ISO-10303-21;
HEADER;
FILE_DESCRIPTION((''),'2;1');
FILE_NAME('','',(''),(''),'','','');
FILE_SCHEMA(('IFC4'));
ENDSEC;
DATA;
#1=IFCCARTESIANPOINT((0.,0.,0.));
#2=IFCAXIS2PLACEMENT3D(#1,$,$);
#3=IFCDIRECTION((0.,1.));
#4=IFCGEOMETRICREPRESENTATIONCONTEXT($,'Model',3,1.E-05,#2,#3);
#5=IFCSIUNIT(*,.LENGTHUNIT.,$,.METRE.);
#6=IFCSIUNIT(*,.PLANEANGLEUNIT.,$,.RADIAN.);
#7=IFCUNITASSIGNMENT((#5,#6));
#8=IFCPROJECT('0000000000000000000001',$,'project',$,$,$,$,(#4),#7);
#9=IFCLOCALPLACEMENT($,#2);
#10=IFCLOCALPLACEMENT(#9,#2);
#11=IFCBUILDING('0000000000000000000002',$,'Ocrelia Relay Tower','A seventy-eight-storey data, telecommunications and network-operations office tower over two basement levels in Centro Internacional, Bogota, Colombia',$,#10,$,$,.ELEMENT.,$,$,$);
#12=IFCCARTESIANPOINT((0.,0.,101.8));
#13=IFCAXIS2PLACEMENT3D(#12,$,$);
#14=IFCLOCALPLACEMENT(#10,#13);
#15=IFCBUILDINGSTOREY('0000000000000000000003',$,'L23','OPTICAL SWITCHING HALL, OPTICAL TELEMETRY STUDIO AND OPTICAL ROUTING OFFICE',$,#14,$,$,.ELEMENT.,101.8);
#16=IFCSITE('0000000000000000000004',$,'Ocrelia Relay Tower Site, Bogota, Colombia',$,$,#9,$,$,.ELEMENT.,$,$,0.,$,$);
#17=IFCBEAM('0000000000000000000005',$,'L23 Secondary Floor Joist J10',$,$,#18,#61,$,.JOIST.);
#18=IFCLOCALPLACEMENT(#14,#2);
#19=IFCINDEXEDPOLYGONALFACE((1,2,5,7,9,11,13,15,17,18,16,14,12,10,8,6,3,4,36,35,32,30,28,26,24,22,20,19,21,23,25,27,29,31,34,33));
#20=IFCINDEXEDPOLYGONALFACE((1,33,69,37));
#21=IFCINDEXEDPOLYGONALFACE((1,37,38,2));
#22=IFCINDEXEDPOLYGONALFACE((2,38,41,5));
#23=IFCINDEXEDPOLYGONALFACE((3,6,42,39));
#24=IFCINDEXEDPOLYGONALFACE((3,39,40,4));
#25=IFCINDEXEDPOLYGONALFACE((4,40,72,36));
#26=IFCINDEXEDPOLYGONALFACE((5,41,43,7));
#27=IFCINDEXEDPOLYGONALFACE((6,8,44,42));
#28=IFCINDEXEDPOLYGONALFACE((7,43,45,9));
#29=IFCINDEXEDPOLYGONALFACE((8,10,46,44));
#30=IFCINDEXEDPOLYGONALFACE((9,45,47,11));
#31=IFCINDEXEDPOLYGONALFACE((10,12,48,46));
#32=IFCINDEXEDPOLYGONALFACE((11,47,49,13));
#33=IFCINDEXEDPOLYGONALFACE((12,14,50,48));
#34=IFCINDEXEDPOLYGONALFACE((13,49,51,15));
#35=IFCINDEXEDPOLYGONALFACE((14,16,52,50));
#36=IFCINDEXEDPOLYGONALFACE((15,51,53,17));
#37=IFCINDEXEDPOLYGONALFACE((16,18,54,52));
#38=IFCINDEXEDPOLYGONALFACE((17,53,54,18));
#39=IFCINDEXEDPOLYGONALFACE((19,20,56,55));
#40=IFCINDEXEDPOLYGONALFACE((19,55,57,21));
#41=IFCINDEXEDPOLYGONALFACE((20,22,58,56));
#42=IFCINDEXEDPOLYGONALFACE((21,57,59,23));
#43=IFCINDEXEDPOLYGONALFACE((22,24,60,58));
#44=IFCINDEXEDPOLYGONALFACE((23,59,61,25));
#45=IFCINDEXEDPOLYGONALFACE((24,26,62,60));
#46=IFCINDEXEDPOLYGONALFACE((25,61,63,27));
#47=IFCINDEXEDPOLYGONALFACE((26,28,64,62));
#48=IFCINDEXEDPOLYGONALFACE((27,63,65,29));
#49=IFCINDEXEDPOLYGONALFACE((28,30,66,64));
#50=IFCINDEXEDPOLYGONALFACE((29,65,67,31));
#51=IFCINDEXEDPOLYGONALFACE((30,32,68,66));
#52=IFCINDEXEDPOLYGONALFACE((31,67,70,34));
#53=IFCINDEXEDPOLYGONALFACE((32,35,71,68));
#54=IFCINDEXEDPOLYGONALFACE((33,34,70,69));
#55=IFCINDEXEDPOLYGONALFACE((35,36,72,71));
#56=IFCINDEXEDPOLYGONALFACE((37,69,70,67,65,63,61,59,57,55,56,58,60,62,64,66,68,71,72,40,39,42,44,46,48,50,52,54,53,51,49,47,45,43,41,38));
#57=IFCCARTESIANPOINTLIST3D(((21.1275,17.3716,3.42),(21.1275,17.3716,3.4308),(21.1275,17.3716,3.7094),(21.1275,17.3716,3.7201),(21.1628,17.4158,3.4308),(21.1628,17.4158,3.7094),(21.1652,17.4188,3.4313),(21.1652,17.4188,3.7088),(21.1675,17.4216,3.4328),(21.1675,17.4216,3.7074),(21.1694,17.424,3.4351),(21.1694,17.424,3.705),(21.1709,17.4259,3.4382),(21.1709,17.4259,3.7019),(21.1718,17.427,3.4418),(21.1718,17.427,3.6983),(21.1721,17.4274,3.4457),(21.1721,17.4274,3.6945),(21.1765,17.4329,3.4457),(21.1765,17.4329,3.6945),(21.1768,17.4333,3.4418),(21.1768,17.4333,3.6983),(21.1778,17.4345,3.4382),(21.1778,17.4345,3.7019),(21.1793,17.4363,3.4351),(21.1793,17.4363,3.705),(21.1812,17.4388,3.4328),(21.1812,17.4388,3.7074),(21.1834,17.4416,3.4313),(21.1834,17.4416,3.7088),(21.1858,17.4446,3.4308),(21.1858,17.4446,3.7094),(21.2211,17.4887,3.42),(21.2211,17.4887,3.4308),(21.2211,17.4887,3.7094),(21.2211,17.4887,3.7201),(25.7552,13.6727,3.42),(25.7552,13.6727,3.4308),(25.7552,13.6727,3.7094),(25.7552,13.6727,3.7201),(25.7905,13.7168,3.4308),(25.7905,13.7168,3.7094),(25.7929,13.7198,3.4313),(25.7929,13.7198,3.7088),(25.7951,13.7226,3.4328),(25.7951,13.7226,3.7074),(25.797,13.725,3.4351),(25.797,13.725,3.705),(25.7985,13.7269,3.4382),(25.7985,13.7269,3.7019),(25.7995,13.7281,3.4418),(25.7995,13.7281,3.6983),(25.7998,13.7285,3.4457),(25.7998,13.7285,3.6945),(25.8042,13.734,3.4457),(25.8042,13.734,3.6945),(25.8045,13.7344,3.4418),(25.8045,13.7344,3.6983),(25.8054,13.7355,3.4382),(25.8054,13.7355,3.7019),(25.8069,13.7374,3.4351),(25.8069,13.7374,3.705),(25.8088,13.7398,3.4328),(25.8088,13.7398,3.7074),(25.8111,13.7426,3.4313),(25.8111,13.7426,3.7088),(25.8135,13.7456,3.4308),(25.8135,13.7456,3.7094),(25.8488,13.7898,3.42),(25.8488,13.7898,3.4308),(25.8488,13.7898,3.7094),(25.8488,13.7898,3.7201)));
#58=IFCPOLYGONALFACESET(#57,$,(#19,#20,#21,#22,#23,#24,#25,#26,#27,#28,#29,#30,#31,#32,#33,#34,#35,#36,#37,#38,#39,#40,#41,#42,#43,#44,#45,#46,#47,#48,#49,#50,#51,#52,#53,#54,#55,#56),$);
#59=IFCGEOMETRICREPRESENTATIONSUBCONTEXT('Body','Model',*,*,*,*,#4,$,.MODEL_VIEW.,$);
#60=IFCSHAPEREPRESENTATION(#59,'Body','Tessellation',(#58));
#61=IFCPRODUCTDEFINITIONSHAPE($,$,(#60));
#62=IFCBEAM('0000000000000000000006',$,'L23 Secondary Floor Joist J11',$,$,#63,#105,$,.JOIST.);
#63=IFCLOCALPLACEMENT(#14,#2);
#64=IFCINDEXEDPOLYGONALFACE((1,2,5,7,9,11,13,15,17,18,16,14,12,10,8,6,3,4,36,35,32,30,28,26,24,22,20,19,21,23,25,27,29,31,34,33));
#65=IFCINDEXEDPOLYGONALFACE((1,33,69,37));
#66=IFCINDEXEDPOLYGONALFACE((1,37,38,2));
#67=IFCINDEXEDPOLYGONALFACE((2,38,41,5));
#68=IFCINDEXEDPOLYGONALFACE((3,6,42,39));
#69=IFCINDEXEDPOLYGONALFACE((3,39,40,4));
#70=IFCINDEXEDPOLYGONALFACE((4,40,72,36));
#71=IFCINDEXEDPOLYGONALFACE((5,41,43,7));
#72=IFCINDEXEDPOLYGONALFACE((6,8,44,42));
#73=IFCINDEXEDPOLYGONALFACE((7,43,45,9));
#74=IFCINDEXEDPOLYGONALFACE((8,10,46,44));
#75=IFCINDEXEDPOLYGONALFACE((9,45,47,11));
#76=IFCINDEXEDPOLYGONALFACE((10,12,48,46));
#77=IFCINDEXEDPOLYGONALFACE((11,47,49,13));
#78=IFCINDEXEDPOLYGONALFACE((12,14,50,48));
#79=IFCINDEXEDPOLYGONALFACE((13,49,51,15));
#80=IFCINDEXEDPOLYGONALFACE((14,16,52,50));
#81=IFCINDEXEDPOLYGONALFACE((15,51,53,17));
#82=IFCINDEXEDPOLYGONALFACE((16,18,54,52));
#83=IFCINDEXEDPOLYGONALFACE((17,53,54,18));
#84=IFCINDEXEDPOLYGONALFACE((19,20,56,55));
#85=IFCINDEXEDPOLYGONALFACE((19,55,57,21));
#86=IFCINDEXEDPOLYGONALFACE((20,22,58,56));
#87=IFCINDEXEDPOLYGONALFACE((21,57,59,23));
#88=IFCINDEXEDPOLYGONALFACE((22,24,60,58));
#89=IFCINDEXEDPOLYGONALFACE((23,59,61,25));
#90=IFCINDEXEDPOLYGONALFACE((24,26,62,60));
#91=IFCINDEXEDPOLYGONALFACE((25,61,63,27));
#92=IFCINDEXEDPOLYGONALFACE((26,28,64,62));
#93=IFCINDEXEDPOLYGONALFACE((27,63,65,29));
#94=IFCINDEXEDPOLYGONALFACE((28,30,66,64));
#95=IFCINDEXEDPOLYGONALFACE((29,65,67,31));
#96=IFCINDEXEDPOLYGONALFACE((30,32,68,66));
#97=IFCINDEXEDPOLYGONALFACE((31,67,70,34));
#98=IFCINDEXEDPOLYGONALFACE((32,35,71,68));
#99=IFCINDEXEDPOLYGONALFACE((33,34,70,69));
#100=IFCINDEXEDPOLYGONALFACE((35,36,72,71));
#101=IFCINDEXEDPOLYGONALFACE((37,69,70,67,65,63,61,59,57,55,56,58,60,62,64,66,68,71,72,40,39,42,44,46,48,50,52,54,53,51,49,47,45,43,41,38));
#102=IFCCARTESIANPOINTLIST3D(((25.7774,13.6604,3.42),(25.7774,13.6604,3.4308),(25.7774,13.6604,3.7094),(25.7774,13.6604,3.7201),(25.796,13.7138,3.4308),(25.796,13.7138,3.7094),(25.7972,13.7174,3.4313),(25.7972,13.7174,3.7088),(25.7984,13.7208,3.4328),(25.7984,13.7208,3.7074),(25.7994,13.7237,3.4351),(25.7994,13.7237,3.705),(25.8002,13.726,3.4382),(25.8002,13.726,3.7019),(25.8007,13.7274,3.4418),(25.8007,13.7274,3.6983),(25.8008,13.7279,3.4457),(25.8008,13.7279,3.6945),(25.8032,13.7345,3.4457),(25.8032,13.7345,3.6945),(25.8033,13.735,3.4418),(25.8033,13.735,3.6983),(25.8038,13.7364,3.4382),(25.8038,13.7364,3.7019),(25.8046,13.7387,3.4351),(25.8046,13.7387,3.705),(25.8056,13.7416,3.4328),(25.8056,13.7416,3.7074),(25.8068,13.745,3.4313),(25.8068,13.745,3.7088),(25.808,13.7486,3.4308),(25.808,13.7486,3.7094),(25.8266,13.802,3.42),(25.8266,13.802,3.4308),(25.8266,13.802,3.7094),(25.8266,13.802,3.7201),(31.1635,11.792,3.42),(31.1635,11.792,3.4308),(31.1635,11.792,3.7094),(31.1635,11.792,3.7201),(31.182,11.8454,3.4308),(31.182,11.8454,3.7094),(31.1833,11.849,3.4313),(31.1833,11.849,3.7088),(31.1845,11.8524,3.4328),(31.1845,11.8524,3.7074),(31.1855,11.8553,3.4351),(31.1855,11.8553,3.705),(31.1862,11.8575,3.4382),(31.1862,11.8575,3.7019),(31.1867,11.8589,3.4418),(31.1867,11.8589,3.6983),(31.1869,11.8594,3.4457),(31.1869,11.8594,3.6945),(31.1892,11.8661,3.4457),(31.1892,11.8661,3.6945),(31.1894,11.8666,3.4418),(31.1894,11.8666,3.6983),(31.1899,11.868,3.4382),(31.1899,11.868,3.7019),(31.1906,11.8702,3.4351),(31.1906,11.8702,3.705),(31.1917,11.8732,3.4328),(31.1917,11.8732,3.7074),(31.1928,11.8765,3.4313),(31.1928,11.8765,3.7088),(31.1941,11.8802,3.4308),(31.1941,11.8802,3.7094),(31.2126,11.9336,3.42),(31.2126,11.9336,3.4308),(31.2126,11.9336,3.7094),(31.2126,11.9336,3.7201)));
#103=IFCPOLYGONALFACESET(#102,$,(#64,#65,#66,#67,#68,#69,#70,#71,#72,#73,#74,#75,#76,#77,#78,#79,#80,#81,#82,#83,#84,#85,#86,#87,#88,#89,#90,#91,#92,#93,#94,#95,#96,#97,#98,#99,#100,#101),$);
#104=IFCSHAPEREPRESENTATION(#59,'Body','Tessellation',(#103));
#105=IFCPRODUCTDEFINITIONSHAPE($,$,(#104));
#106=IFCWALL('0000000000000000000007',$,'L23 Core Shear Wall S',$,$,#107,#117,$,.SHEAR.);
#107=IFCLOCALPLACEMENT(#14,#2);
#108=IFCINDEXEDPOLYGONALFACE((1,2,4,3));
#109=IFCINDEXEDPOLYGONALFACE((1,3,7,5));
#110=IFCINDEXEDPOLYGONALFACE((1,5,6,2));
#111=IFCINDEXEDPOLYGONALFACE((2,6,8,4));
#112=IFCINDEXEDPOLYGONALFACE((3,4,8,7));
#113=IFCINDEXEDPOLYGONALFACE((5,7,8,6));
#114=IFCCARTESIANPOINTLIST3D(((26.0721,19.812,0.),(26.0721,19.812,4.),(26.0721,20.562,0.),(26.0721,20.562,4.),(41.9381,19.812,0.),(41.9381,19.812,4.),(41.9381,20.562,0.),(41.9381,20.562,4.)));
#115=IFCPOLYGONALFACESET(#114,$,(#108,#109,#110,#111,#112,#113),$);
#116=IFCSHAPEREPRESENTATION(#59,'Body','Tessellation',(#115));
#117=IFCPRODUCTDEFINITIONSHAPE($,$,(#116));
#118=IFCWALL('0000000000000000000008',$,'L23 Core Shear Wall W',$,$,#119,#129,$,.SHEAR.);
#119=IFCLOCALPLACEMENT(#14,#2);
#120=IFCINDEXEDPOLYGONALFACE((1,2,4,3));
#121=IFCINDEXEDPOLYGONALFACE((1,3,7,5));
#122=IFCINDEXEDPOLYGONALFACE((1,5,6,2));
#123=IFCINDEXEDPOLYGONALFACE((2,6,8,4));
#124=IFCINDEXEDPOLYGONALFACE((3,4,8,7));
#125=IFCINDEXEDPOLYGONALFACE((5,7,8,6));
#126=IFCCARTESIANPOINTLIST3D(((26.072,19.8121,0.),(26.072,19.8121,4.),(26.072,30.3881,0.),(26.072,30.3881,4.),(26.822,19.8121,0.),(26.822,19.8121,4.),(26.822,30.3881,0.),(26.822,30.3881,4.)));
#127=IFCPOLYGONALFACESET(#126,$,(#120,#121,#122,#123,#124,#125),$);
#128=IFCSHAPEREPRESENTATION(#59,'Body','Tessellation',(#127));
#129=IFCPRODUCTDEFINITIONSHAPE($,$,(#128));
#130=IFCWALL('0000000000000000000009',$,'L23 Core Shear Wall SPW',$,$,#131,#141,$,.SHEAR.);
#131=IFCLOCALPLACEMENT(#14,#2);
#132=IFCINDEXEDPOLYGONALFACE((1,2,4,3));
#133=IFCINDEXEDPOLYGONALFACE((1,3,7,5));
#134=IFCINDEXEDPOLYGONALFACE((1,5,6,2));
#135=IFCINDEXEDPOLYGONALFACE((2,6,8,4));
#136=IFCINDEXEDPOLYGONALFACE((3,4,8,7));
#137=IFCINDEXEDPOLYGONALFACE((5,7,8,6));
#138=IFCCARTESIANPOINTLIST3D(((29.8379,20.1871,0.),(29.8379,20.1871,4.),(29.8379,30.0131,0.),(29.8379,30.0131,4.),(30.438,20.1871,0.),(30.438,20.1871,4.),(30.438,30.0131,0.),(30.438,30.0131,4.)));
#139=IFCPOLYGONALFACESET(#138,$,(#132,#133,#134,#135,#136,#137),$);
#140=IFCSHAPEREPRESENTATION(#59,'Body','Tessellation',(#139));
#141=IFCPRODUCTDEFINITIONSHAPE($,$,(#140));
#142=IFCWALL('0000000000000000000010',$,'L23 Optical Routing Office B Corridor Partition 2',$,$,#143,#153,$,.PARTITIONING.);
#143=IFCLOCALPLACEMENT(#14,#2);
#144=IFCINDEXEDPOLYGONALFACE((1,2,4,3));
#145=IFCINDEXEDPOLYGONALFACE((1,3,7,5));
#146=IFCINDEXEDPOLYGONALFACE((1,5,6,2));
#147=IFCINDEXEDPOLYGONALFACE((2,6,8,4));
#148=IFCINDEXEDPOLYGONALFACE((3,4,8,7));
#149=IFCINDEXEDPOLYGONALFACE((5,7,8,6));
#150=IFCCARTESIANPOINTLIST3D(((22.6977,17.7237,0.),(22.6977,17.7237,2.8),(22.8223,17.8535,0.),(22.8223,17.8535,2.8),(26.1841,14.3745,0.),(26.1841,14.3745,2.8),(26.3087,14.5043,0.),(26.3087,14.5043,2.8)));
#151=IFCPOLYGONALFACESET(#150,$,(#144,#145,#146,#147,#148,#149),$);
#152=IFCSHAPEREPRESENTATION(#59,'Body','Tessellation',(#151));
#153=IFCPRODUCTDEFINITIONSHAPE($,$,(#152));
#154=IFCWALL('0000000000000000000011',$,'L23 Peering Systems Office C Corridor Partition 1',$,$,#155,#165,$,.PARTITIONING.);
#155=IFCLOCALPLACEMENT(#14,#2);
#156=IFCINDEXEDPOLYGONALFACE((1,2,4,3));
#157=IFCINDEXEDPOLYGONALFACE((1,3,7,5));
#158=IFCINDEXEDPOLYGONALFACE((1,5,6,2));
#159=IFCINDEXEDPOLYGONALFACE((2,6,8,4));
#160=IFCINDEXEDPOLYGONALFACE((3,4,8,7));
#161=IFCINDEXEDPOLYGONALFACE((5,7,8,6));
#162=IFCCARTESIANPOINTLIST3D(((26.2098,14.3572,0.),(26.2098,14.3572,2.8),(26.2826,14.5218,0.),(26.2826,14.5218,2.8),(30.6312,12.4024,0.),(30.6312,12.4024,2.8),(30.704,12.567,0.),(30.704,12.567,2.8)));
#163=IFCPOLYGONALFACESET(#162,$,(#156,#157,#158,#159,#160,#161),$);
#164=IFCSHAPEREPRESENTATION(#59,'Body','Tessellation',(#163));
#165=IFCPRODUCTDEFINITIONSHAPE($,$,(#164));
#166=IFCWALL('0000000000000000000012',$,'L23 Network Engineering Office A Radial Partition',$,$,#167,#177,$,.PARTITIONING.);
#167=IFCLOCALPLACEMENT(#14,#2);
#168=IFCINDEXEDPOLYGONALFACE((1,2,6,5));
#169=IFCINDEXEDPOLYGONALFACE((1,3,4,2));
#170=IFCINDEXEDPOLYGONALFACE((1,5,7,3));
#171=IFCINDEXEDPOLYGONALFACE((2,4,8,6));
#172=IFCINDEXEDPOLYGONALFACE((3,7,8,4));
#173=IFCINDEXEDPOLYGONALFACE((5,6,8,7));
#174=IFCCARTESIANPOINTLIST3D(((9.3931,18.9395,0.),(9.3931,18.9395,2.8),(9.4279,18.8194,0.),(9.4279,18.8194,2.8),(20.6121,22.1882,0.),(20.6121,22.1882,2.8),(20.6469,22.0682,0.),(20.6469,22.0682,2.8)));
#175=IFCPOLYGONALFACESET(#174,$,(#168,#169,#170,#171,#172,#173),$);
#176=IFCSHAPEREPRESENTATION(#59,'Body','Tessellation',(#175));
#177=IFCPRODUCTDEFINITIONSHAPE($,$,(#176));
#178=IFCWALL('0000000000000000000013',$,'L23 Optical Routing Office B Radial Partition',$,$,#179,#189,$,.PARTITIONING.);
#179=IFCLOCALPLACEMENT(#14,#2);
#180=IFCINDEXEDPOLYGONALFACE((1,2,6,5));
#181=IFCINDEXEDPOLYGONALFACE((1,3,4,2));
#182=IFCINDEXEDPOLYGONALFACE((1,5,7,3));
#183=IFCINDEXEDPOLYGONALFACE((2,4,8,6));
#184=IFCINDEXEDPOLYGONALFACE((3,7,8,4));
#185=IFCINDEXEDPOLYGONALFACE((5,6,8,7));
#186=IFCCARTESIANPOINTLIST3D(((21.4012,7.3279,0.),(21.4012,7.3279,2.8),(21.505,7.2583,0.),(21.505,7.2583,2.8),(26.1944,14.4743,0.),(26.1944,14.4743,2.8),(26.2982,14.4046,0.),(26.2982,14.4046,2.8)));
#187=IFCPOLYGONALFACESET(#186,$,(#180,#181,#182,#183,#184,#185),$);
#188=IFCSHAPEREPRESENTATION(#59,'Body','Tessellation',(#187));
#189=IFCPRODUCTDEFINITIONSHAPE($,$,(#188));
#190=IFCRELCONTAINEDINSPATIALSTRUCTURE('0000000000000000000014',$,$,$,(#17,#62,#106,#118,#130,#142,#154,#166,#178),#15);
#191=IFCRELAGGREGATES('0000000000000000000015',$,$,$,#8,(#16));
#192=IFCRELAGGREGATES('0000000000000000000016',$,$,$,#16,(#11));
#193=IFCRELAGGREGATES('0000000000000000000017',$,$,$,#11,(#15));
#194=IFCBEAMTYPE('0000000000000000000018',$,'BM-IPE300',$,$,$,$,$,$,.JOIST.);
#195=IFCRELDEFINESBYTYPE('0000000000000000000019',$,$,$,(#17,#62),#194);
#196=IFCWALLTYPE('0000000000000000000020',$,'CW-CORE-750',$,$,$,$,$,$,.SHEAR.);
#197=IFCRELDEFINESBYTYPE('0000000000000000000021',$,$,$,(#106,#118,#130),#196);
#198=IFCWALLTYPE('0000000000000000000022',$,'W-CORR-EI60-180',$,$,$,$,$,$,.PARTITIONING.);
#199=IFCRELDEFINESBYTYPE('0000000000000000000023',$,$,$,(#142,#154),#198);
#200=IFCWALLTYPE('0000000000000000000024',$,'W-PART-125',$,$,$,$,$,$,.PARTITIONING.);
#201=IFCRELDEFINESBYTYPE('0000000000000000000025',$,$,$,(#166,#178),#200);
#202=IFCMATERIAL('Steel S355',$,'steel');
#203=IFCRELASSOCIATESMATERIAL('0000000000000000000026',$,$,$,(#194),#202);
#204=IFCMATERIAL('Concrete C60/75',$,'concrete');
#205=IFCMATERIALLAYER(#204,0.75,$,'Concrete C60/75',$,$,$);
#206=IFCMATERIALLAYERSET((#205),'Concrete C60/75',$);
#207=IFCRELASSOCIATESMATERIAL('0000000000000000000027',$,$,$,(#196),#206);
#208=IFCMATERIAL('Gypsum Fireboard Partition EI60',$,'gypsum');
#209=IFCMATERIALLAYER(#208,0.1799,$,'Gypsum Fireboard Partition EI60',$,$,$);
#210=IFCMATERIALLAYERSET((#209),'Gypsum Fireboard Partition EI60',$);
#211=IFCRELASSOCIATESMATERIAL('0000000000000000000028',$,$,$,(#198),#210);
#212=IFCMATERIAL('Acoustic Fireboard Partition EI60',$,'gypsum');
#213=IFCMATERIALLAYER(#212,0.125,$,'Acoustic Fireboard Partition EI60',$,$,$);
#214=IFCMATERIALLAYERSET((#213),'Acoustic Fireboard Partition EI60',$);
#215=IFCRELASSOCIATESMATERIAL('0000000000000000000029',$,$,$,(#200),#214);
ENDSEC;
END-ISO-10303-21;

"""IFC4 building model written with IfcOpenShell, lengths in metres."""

from ifc_helpers import new_model, si_unit, direction, frame, frame_2d, origin, origin_2d, place, context, subcontext, project, spatial, rectangle, i_section, extrude, material, layer, layer_set, material_profile, profile_set, type_object, element, save


model = new_model("IFC4")

# Units and contexts
model_context = context("Model", 3, precision=1e-05, world=origin(), true_north=direction((0.0, 1.0)))
body_context = subcontext(model_context, "Body", "Model", "MODEL_VIEW")
ifc_project = project(units=[si_unit("LENGTHUNIT", "METRE"), si_unit("PLANEANGLEUNIT", "RADIAN")], contexts=[model_context])

# Site, building, storey
site_placement = place(None, origin())
site = spatial("IfcSite", under=ifc_project, at=site_placement, Name="Ocrelia Relay Tower Site, Bogota, Colombia", CompositionType="ELEMENT", RefElevation=0.0)
building_placement = place(site_placement, origin())
building = spatial("IfcBuilding", under=site, at=building_placement, Name="Ocrelia Relay Tower", Description="A seventy-eight-storey data, telecommunications and network-operations office tower over two basement levels in Centro Internacional, Bogota, Colombia", CompositionType="ELEMENT")
storey_placement = place(building_placement, frame((0.0, 0.0, 101.8)))
storey = spatial("IfcBuildingStorey", under=building, at=storey_placement, Name="L23", Description="OPTICAL SWITCHING HALL, OPTICAL TELEMETRY STUDIO AND OPTICAL ROUTING OFFICE", CompositionType="ELEMENT", Elevation=101.8)

# Shared definitions
ifc_material_1 = material(Name="Concrete C60/75", Category="concrete")

# Beams
ifc_material_2 = material(Name="Steel S355", Category="steel")
ifc_material_profile_1 = material_profile(ifc_material_2, i_section(OverallWidth=0.1499, OverallDepth=0.3, WebThickness=0.0071, FlangeThickness=0.0107, FilletRadius=0.0149, at=origin_2d()), Name="IPE 300")
ifc_profile_set_1 = profile_set([ifc_material_profile_1], Name="Steel S355")
beam_type_1 = type_object("IfcBeamType", Name="BM-IPE300", PredefinedType="JOIST", material=ifc_profile_set_1)
beam_1_placement = place(storey_placement, frame((21.1743, 17.4302, 3.5701), z_axis=(0.78113, -0.624368, 0.0), x_axis=(0.624368, 0.78113, 0.0)))
element("IfcBeam", 1, at=beam_1_placement, inside=storey, type_object=beam_type_1, Name="L23 Secondary Floor Joist J10", PredefinedType="JOIST", context=body_context, shape_type="SweptSolid", body=[
    extrude(i_section(OverallWidth=0.1499, OverallDepth=0.3, WebThickness=0.0071, FlangeThickness=0.0107, FilletRadius=0.0149, at=origin_2d()), origin(), (0.0, 0.0, 1.0), 5.9243),
])
beam_2_placement = place(storey_placement, frame((25.802, 13.7312, 3.5701), z_axis=(0.944767, -0.327741, 0.0), x_axis=(0.327741, 0.944767, 0.0)))
element("IfcBeam", 2, at=beam_2_placement, inside=storey, type_object=beam_type_1, Name="L23 Secondary Floor Joist J11", PredefinedType="JOIST", context=body_context, shape_type="SweptSolid", body=[
    extrude(i_section(OverallWidth=0.1499, OverallDepth=0.3, WebThickness=0.0071, FlangeThickness=0.0107, FilletRadius=0.0149, at=origin_2d()), origin(), (0.0, 0.0, 1.0), 5.7009),
])

# Walls
ifc_layer_1 = layer(ifc_material_1, 0.75, Name="Concrete C60/75")
ifc_layer_set_1 = layer_set([ifc_layer_1], Name="Concrete C60/75")
wall_type_1 = type_object("IfcWallType", Name="CW-CORE-750", PredefinedType="SHEAR", material=ifc_layer_set_1)
wall_1_placement = place(storey_placement, frame((26.072, 20.187, 0.0), z_axis=(0.0, 0.0, 1.0), x_axis=(1.0, 0.0, 0.0)))
element("IfcWall", 3, at=wall_1_placement, inside=storey, type_object=wall_type_1, Name="L23 Core Shear Wall S", PredefinedType="SHEAR", context=body_context, shape_type="SweptSolid", body=[
    extrude(rectangle(XDim=15.866, YDim=0.75, at=frame_2d((7.9331, 0.0))), origin(), (0.0, 0.0, 1.0), 4.0),
])
wall_2_placement = place(storey_placement, frame((26.447, 19.812, 0.0), z_axis=(0.0, 0.0, 1.0), x_axis=(0.0, 1.0, 0.0)))
element("IfcWall", 4, at=wall_2_placement, inside=storey, type_object=wall_type_1, Name="L23 Core Shear Wall W", PredefinedType="SHEAR", context=body_context, shape_type="SweptSolid", body=[
    extrude(rectangle(XDim=10.5759, YDim=0.75, at=frame_2d((5.2881, 0.0))), origin(), (0.0, 0.0, 1.0), 4.0),
])
wall_3_placement = place(storey_placement, frame((30.1379, 20.187, 0.0), z_axis=(0.0, 0.0, 1.0), x_axis=(0.0, 1.0, 0.0)))
element("IfcWall", 5, at=wall_3_placement, inside=storey, type_object=wall_type_1, Name="L23 Core Shear Wall SPW", PredefinedType="SHEAR", context=body_context, shape_type="SweptSolid", body=[
    extrude(rectangle(XDim=9.8259, YDim=0.6001, at=frame_2d((4.9131, 0.0))), origin(), (0.0, 0.0, 1.0), 4.0),
])

# Shared definitions
ifc_material_3 = material(Name="Gypsum Fireboard Partition EI60", Category="gypsum")
ifc_layer_2 = layer(ifc_material_3, 0.1799, Name="Gypsum Fireboard Partition EI60")
ifc_layer_set_2 = layer_set([ifc_layer_2], Name="Gypsum Fireboard Partition EI60")
wall_type_2 = type_object("IfcWallType", Name="W-CORR-EI60-180", PredefinedType="PARTITIONING", material=ifc_layer_set_2)

# Walls
wall_4_placement = place(storey_placement, frame((22.76, 17.7886, 0.0), z_axis=(0.0, 0.0, 1.0), x_axis=(0.721155, -0.692774, 0.0)))
element("IfcWall", 6, at=wall_4_placement, inside=storey, type_object=wall_type_2, Name="L23 Optical Routing Office B Corridor Partition 2", PredefinedType="PARTITIONING", context=body_context, shape_type="SweptSolid", body=[
    extrude(rectangle(XDim=4.8345, YDim=0.1799, at=frame_2d((2.4172, 0.0))), origin(), (0.0, 0.0, 1.0), 2.8),
])
wall_5_placement = place(storey_placement, frame((26.2463, 14.4395, 0.0), z_axis=(0.0, 0.0, 1.0), x_axis=(0.914595, -0.404371, 0.0)))
element("IfcWall", 7, at=wall_5_placement, inside=storey, type_object=wall_type_2, Name="L23 Peering Systems Office C Corridor Partition 1", PredefinedType="PARTITIONING", context=body_context, shape_type="SweptSolid", body=[
    extrude(rectangle(XDim=4.8342, YDim=0.1799, at=frame_2d((2.417, 0.0))), origin(), (0.0, 0.0, 1.0), 2.8),
])
ifc_material_4 = material(Name="Acoustic Fireboard Partition EI60", Category="gypsum")
ifc_layer_3 = layer(ifc_material_4, 0.125, Name="Acoustic Fireboard Partition EI60")
ifc_layer_set_3 = layer_set([ifc_layer_3], Name="Acoustic Fireboard Partition EI60")
wall_type_3 = type_object("IfcWallType", Name="W-PART-125", PredefinedType="PARTITIONING", material=ifc_layer_set_3)
wall_6_placement = place(storey_placement, frame((20.6294, 22.1282, 0.0), z_axis=(0.0, 0.0, 1.0), x_axis=(-0.960537, -0.278151, 0.0)))
element("IfcWall", 8, at=wall_6_placement, inside=storey, type_object=wall_type_3, Name="L23 Network Engineering Office A Radial Partition", PredefinedType="PARTITIONING", context=body_context, shape_type="SweptSolid", body=[
    extrude(rectangle(XDim=11.6799, YDim=0.125, at=frame_2d((5.8398, 0.0))), origin(), (0.0, 0.0, 1.0), 2.8),
])
wall_7_placement = place(storey_placement, frame((26.2463, 14.4395, 0.0), z_axis=(0.0, 0.0, 1.0), x_axis=(-0.557035, -0.830489, 0.0)))
element("IfcWall", 9, at=wall_7_placement, inside=storey, type_object=wall_type_3, Name="L23 Optical Routing Office B Radial Partition", PredefinedType="PARTITIONING", context=body_context, shape_type="SweptSolid", body=[
    extrude(rectangle(XDim=8.605, YDim=0.125, at=frame_2d((4.3025, 0.0))), origin(), (0.0, 0.0, 1.0), 2.8),
])

save(model, "model.ifc")
